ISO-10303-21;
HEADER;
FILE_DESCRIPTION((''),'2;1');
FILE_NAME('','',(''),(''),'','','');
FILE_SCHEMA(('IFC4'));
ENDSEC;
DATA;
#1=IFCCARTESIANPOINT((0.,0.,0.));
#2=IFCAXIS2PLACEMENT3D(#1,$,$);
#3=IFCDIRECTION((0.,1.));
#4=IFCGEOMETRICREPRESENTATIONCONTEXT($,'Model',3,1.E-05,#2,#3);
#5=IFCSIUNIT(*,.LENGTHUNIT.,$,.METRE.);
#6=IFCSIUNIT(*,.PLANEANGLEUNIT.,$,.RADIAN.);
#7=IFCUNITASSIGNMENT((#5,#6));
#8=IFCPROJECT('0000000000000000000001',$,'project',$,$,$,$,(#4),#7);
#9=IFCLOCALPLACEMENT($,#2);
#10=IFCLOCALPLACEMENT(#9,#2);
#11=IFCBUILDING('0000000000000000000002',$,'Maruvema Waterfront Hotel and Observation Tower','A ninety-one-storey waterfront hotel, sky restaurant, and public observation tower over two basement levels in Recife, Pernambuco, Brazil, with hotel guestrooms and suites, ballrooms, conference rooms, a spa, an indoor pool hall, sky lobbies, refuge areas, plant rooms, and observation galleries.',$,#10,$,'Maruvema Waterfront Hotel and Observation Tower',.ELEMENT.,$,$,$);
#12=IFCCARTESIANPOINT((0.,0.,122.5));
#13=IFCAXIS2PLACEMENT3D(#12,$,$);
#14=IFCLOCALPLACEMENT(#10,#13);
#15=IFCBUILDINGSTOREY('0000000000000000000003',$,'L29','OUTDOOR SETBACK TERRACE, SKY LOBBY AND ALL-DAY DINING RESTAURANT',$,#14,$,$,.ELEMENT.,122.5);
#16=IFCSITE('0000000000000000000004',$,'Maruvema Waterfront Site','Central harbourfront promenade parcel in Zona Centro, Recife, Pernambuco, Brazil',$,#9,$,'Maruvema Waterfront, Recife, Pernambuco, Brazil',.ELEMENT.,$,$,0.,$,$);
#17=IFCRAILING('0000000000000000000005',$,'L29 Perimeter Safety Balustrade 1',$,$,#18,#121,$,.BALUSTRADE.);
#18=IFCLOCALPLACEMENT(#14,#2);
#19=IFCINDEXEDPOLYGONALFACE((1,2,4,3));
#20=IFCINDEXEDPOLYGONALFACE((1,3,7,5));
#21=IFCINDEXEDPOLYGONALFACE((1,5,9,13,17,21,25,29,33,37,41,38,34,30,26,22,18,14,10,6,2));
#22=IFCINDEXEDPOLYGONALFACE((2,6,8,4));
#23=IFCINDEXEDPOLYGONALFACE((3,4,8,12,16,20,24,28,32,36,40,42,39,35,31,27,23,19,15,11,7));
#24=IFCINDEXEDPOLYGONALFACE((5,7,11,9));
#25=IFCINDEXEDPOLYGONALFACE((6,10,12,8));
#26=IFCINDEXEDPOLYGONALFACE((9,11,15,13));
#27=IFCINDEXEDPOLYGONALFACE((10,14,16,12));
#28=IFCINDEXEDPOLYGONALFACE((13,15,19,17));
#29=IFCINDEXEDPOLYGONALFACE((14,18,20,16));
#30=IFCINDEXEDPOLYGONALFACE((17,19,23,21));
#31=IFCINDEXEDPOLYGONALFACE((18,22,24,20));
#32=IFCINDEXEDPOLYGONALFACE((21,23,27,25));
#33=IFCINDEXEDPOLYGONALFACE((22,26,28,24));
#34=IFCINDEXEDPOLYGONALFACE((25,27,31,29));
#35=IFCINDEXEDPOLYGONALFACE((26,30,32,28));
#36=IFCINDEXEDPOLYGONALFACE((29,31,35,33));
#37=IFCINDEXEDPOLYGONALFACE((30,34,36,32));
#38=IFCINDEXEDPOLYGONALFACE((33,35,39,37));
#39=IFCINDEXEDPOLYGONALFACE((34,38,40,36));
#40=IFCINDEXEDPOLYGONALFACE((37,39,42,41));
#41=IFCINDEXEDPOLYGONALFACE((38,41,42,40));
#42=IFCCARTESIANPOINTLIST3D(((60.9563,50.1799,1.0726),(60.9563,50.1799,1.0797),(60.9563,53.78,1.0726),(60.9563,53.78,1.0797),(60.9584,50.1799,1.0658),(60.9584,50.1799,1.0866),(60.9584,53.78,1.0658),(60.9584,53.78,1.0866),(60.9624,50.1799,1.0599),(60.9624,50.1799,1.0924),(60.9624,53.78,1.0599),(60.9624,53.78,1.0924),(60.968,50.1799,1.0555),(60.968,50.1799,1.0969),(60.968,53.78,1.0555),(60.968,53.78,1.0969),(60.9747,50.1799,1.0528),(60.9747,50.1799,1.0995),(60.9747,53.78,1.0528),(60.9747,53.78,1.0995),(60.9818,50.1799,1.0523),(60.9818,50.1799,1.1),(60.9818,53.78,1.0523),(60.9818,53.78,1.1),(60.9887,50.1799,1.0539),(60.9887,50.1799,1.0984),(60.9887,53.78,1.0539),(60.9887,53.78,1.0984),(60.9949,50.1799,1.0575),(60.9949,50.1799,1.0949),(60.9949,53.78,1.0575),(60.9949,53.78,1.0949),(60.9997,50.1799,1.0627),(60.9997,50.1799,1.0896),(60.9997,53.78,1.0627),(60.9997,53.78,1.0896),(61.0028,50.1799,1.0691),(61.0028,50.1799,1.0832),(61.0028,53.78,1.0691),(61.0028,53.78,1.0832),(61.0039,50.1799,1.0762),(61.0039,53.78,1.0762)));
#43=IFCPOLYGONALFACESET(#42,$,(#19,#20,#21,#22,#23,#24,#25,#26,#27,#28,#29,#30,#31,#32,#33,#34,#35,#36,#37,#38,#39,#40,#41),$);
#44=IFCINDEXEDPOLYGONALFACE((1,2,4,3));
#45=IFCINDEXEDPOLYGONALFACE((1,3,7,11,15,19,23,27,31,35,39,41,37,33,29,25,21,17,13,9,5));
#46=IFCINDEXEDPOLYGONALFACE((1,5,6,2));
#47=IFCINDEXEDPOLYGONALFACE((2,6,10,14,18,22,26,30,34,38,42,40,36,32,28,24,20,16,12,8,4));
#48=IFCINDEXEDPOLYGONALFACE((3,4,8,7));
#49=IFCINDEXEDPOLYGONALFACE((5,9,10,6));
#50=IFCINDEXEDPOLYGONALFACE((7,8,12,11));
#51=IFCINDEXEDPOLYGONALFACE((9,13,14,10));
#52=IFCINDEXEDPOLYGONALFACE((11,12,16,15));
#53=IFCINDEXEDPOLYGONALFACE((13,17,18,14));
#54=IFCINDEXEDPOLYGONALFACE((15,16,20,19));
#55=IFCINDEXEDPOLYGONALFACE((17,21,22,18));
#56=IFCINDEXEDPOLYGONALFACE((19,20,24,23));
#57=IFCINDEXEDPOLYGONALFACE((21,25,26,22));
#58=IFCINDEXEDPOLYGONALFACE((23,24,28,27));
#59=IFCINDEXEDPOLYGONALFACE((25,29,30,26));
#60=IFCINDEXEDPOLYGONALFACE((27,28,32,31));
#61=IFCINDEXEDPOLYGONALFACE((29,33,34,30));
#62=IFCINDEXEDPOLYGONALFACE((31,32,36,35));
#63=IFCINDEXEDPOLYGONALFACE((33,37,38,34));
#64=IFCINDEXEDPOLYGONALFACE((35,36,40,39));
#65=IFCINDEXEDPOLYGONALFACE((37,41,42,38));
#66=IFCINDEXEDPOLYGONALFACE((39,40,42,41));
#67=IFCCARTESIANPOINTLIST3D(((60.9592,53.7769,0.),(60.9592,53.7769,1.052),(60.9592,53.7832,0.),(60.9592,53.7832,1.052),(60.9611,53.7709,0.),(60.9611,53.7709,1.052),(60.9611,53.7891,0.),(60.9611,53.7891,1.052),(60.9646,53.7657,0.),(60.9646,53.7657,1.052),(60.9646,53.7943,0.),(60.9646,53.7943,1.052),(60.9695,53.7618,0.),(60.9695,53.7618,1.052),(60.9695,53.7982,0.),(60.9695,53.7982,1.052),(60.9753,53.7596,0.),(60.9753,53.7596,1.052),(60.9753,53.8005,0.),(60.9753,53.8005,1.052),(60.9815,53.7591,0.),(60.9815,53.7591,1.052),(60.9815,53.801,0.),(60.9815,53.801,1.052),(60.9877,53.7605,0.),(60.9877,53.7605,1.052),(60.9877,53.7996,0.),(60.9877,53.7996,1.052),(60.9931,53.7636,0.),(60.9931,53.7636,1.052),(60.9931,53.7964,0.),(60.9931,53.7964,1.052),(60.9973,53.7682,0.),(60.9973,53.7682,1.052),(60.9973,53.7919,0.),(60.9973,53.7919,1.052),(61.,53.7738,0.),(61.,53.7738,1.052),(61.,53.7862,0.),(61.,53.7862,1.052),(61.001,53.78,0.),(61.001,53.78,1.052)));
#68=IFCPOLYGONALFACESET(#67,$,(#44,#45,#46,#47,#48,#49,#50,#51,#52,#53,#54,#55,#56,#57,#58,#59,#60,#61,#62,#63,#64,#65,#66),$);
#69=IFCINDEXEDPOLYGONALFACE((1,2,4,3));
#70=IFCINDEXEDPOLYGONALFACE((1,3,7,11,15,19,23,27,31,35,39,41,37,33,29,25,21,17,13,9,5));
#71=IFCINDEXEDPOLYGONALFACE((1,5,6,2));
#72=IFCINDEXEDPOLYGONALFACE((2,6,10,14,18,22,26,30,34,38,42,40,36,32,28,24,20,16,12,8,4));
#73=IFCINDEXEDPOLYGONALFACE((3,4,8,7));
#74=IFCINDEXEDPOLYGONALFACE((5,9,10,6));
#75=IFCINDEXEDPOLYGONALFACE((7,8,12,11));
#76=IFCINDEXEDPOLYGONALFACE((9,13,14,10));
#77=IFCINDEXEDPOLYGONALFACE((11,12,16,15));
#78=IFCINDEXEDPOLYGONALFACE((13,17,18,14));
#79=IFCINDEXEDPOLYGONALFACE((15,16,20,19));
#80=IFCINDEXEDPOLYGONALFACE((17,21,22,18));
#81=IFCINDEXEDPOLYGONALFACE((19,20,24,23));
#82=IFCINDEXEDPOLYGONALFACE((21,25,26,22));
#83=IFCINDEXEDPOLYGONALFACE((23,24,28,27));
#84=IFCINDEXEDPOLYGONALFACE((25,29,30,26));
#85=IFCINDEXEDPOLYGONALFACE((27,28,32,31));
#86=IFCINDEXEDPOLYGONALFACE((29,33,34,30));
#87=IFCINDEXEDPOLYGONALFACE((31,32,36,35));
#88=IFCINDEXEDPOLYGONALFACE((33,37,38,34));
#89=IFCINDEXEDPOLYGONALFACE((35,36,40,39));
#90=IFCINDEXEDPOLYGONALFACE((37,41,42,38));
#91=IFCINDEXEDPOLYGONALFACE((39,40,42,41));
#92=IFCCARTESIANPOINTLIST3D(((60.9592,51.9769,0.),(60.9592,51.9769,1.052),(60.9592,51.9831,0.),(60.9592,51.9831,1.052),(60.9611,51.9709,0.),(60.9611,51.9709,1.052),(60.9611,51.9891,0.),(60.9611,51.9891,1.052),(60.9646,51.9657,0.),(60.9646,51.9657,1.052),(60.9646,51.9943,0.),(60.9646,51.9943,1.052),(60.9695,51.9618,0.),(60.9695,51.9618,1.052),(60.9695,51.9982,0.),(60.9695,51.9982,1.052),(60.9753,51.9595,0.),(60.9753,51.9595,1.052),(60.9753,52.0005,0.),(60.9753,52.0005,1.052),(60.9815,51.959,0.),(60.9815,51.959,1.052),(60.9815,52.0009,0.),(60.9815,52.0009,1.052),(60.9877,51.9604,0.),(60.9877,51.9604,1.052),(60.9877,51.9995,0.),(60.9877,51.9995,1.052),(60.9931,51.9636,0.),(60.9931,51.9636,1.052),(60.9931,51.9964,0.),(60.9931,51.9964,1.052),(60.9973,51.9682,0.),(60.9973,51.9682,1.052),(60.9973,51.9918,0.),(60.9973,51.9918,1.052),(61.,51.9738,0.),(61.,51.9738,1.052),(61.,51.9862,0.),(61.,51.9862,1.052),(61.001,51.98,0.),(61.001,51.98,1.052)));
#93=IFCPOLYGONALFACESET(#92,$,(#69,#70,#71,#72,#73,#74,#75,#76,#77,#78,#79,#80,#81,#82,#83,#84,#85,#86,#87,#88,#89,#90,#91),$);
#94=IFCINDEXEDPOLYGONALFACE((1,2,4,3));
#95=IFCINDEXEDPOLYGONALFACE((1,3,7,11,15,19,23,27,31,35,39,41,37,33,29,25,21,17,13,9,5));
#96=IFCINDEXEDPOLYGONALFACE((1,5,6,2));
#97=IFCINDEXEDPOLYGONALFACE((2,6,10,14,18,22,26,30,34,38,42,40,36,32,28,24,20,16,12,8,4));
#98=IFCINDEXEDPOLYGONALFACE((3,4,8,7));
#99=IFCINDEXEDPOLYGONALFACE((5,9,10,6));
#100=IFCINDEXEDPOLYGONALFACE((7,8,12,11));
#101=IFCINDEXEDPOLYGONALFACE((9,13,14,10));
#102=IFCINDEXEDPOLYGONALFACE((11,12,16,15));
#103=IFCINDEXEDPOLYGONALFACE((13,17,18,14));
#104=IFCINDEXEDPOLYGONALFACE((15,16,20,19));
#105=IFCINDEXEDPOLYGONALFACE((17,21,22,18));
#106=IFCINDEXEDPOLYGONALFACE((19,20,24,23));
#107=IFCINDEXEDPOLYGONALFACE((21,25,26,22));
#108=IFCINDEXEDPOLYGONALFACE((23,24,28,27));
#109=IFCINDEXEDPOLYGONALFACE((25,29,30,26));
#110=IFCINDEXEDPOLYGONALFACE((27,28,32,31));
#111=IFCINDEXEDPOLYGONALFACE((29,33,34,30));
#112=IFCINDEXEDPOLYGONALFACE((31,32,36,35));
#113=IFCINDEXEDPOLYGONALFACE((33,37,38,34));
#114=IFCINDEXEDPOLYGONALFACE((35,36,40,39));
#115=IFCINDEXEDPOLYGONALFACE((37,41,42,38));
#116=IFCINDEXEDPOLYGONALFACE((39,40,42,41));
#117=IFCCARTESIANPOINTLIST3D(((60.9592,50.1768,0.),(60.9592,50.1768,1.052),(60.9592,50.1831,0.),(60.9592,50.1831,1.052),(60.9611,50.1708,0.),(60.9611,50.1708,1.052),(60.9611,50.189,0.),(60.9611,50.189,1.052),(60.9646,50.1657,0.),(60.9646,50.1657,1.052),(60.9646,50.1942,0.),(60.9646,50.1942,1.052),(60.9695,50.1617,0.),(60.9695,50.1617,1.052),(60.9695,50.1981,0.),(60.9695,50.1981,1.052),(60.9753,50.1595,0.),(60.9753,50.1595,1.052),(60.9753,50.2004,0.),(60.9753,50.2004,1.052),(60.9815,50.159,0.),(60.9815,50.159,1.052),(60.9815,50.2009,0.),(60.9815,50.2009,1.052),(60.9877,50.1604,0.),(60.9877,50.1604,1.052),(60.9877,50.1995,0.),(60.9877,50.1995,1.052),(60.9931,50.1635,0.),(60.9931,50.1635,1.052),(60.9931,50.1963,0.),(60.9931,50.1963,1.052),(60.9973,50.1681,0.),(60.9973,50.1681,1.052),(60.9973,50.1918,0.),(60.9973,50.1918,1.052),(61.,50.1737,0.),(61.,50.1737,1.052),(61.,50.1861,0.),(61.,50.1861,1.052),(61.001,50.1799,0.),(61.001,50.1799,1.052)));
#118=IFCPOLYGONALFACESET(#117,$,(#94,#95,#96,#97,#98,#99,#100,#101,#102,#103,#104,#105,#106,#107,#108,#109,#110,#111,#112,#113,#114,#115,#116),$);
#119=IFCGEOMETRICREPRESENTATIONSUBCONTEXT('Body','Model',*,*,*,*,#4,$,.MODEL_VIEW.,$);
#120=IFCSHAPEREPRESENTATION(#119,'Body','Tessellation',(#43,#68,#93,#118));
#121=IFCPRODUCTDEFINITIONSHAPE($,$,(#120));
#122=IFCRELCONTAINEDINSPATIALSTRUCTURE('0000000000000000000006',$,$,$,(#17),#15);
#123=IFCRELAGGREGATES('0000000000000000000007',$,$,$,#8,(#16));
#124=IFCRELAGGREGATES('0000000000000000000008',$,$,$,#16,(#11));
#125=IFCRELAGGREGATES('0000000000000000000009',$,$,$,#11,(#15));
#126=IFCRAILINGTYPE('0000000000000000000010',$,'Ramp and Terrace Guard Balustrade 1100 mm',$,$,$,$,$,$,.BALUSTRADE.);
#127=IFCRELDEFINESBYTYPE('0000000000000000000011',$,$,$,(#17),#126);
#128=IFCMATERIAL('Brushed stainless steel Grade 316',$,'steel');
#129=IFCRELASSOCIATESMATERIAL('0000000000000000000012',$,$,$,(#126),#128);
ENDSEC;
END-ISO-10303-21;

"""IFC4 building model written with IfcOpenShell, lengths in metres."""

from ifc_helpers import new_model, si_unit, direction, frame, origin, origin_2d, place, context, subcontext, project, spatial, circle, extrude, material, type_object, element, save


model = new_model("IFC4")

# Units and contexts
model_context = context("Model", 3, precision=1e-05, world=origin(), true_north=direction((0.0, 1.0)))
body_context = subcontext(model_context, "Body", "Model", "MODEL_VIEW")
ifc_project = project(units=[si_unit("LENGTHUNIT", "METRE"), si_unit("PLANEANGLEUNIT", "RADIAN")], contexts=[model_context])

# Site, building, storey
site_placement = place(None, origin())
site = spatial("IfcSite", under=ifc_project, at=site_placement, Name="Maruvema Waterfront Site", Description="Central harbourfront promenade parcel in Zona Centro, Recife, Pernambuco, Brazil", LongName="Maruvema Waterfront, Recife, Pernambuco, Brazil", CompositionType="ELEMENT", RefElevation=0.0)
building_placement = place(site_placement, origin())
building = spatial("IfcBuilding", under=site, at=building_placement, Name="Maruvema Waterfront Hotel and Observation Tower", Description="A ninety-one-storey waterfront hotel, sky restaurant, and public observation tower over two basement levels in Recife, Pernambuco, Brazil, with hotel guestrooms and suites, ballrooms, conference rooms, a spa, an indoor pool hall, sky lobbies, refuge areas, plant rooms, and observation galleries.", LongName="Maruvema Waterfront Hotel and Observation Tower", CompositionType="ELEMENT")
storey_placement = place(building_placement, frame((0.0, 0.0, 122.5)))
storey = spatial("IfcBuildingStorey", under=building, at=storey_placement, Name="L29", Description="OUTDOOR SETBACK TERRACE, SKY LOBBY AND ALL-DAY DINING RESTAURANT", CompositionType="ELEMENT", Elevation=122.5)

# Railing
ifc_material_1 = material(Name="Brushed stainless steel Grade 316", Category="steel")
railing_type = type_object("IfcRailingType", Name="Ramp and Terrace Guard Balustrade 1100 mm", PredefinedType="BALUSTRADE", material=ifc_material_1)
railing_1_placement = place(storey_placement, frame((60.98, 53.78, 0.0)))
element("IfcRailing", 1, at=railing_1_placement, inside=storey, type_object=railing_type, Name="L29 Perimeter Safety Balustrade 1", PredefinedType="BALUSTRADE", context=body_context, shape_type="SweptSolid", body=[
    extrude(circle(Radius=0.0239, at=origin_2d()), frame((0.0, 0.0, 1.0762), z_axis=(0.0, -1.0, 0.0), x_axis=(1.0, 0.0, 0.0)), (0.0, 0.0, 1.0), 3.6001),
    extrude(circle(Radius=0.021, at=origin_2d()), origin(), (0.0, 0.0, 1.0), 1.052),
    extrude(circle(Radius=0.021, at=origin_2d()), frame((0.0, -1.8, 0.0)), (0.0, 0.0, 1.0), 1.052),
    extrude(circle(Radius=0.021, at=origin_2d()), frame((0.0, -3.6001, 0.0)), (0.0, 0.0, 1.0), 1.052),
])

save(model, "model.ifc")
